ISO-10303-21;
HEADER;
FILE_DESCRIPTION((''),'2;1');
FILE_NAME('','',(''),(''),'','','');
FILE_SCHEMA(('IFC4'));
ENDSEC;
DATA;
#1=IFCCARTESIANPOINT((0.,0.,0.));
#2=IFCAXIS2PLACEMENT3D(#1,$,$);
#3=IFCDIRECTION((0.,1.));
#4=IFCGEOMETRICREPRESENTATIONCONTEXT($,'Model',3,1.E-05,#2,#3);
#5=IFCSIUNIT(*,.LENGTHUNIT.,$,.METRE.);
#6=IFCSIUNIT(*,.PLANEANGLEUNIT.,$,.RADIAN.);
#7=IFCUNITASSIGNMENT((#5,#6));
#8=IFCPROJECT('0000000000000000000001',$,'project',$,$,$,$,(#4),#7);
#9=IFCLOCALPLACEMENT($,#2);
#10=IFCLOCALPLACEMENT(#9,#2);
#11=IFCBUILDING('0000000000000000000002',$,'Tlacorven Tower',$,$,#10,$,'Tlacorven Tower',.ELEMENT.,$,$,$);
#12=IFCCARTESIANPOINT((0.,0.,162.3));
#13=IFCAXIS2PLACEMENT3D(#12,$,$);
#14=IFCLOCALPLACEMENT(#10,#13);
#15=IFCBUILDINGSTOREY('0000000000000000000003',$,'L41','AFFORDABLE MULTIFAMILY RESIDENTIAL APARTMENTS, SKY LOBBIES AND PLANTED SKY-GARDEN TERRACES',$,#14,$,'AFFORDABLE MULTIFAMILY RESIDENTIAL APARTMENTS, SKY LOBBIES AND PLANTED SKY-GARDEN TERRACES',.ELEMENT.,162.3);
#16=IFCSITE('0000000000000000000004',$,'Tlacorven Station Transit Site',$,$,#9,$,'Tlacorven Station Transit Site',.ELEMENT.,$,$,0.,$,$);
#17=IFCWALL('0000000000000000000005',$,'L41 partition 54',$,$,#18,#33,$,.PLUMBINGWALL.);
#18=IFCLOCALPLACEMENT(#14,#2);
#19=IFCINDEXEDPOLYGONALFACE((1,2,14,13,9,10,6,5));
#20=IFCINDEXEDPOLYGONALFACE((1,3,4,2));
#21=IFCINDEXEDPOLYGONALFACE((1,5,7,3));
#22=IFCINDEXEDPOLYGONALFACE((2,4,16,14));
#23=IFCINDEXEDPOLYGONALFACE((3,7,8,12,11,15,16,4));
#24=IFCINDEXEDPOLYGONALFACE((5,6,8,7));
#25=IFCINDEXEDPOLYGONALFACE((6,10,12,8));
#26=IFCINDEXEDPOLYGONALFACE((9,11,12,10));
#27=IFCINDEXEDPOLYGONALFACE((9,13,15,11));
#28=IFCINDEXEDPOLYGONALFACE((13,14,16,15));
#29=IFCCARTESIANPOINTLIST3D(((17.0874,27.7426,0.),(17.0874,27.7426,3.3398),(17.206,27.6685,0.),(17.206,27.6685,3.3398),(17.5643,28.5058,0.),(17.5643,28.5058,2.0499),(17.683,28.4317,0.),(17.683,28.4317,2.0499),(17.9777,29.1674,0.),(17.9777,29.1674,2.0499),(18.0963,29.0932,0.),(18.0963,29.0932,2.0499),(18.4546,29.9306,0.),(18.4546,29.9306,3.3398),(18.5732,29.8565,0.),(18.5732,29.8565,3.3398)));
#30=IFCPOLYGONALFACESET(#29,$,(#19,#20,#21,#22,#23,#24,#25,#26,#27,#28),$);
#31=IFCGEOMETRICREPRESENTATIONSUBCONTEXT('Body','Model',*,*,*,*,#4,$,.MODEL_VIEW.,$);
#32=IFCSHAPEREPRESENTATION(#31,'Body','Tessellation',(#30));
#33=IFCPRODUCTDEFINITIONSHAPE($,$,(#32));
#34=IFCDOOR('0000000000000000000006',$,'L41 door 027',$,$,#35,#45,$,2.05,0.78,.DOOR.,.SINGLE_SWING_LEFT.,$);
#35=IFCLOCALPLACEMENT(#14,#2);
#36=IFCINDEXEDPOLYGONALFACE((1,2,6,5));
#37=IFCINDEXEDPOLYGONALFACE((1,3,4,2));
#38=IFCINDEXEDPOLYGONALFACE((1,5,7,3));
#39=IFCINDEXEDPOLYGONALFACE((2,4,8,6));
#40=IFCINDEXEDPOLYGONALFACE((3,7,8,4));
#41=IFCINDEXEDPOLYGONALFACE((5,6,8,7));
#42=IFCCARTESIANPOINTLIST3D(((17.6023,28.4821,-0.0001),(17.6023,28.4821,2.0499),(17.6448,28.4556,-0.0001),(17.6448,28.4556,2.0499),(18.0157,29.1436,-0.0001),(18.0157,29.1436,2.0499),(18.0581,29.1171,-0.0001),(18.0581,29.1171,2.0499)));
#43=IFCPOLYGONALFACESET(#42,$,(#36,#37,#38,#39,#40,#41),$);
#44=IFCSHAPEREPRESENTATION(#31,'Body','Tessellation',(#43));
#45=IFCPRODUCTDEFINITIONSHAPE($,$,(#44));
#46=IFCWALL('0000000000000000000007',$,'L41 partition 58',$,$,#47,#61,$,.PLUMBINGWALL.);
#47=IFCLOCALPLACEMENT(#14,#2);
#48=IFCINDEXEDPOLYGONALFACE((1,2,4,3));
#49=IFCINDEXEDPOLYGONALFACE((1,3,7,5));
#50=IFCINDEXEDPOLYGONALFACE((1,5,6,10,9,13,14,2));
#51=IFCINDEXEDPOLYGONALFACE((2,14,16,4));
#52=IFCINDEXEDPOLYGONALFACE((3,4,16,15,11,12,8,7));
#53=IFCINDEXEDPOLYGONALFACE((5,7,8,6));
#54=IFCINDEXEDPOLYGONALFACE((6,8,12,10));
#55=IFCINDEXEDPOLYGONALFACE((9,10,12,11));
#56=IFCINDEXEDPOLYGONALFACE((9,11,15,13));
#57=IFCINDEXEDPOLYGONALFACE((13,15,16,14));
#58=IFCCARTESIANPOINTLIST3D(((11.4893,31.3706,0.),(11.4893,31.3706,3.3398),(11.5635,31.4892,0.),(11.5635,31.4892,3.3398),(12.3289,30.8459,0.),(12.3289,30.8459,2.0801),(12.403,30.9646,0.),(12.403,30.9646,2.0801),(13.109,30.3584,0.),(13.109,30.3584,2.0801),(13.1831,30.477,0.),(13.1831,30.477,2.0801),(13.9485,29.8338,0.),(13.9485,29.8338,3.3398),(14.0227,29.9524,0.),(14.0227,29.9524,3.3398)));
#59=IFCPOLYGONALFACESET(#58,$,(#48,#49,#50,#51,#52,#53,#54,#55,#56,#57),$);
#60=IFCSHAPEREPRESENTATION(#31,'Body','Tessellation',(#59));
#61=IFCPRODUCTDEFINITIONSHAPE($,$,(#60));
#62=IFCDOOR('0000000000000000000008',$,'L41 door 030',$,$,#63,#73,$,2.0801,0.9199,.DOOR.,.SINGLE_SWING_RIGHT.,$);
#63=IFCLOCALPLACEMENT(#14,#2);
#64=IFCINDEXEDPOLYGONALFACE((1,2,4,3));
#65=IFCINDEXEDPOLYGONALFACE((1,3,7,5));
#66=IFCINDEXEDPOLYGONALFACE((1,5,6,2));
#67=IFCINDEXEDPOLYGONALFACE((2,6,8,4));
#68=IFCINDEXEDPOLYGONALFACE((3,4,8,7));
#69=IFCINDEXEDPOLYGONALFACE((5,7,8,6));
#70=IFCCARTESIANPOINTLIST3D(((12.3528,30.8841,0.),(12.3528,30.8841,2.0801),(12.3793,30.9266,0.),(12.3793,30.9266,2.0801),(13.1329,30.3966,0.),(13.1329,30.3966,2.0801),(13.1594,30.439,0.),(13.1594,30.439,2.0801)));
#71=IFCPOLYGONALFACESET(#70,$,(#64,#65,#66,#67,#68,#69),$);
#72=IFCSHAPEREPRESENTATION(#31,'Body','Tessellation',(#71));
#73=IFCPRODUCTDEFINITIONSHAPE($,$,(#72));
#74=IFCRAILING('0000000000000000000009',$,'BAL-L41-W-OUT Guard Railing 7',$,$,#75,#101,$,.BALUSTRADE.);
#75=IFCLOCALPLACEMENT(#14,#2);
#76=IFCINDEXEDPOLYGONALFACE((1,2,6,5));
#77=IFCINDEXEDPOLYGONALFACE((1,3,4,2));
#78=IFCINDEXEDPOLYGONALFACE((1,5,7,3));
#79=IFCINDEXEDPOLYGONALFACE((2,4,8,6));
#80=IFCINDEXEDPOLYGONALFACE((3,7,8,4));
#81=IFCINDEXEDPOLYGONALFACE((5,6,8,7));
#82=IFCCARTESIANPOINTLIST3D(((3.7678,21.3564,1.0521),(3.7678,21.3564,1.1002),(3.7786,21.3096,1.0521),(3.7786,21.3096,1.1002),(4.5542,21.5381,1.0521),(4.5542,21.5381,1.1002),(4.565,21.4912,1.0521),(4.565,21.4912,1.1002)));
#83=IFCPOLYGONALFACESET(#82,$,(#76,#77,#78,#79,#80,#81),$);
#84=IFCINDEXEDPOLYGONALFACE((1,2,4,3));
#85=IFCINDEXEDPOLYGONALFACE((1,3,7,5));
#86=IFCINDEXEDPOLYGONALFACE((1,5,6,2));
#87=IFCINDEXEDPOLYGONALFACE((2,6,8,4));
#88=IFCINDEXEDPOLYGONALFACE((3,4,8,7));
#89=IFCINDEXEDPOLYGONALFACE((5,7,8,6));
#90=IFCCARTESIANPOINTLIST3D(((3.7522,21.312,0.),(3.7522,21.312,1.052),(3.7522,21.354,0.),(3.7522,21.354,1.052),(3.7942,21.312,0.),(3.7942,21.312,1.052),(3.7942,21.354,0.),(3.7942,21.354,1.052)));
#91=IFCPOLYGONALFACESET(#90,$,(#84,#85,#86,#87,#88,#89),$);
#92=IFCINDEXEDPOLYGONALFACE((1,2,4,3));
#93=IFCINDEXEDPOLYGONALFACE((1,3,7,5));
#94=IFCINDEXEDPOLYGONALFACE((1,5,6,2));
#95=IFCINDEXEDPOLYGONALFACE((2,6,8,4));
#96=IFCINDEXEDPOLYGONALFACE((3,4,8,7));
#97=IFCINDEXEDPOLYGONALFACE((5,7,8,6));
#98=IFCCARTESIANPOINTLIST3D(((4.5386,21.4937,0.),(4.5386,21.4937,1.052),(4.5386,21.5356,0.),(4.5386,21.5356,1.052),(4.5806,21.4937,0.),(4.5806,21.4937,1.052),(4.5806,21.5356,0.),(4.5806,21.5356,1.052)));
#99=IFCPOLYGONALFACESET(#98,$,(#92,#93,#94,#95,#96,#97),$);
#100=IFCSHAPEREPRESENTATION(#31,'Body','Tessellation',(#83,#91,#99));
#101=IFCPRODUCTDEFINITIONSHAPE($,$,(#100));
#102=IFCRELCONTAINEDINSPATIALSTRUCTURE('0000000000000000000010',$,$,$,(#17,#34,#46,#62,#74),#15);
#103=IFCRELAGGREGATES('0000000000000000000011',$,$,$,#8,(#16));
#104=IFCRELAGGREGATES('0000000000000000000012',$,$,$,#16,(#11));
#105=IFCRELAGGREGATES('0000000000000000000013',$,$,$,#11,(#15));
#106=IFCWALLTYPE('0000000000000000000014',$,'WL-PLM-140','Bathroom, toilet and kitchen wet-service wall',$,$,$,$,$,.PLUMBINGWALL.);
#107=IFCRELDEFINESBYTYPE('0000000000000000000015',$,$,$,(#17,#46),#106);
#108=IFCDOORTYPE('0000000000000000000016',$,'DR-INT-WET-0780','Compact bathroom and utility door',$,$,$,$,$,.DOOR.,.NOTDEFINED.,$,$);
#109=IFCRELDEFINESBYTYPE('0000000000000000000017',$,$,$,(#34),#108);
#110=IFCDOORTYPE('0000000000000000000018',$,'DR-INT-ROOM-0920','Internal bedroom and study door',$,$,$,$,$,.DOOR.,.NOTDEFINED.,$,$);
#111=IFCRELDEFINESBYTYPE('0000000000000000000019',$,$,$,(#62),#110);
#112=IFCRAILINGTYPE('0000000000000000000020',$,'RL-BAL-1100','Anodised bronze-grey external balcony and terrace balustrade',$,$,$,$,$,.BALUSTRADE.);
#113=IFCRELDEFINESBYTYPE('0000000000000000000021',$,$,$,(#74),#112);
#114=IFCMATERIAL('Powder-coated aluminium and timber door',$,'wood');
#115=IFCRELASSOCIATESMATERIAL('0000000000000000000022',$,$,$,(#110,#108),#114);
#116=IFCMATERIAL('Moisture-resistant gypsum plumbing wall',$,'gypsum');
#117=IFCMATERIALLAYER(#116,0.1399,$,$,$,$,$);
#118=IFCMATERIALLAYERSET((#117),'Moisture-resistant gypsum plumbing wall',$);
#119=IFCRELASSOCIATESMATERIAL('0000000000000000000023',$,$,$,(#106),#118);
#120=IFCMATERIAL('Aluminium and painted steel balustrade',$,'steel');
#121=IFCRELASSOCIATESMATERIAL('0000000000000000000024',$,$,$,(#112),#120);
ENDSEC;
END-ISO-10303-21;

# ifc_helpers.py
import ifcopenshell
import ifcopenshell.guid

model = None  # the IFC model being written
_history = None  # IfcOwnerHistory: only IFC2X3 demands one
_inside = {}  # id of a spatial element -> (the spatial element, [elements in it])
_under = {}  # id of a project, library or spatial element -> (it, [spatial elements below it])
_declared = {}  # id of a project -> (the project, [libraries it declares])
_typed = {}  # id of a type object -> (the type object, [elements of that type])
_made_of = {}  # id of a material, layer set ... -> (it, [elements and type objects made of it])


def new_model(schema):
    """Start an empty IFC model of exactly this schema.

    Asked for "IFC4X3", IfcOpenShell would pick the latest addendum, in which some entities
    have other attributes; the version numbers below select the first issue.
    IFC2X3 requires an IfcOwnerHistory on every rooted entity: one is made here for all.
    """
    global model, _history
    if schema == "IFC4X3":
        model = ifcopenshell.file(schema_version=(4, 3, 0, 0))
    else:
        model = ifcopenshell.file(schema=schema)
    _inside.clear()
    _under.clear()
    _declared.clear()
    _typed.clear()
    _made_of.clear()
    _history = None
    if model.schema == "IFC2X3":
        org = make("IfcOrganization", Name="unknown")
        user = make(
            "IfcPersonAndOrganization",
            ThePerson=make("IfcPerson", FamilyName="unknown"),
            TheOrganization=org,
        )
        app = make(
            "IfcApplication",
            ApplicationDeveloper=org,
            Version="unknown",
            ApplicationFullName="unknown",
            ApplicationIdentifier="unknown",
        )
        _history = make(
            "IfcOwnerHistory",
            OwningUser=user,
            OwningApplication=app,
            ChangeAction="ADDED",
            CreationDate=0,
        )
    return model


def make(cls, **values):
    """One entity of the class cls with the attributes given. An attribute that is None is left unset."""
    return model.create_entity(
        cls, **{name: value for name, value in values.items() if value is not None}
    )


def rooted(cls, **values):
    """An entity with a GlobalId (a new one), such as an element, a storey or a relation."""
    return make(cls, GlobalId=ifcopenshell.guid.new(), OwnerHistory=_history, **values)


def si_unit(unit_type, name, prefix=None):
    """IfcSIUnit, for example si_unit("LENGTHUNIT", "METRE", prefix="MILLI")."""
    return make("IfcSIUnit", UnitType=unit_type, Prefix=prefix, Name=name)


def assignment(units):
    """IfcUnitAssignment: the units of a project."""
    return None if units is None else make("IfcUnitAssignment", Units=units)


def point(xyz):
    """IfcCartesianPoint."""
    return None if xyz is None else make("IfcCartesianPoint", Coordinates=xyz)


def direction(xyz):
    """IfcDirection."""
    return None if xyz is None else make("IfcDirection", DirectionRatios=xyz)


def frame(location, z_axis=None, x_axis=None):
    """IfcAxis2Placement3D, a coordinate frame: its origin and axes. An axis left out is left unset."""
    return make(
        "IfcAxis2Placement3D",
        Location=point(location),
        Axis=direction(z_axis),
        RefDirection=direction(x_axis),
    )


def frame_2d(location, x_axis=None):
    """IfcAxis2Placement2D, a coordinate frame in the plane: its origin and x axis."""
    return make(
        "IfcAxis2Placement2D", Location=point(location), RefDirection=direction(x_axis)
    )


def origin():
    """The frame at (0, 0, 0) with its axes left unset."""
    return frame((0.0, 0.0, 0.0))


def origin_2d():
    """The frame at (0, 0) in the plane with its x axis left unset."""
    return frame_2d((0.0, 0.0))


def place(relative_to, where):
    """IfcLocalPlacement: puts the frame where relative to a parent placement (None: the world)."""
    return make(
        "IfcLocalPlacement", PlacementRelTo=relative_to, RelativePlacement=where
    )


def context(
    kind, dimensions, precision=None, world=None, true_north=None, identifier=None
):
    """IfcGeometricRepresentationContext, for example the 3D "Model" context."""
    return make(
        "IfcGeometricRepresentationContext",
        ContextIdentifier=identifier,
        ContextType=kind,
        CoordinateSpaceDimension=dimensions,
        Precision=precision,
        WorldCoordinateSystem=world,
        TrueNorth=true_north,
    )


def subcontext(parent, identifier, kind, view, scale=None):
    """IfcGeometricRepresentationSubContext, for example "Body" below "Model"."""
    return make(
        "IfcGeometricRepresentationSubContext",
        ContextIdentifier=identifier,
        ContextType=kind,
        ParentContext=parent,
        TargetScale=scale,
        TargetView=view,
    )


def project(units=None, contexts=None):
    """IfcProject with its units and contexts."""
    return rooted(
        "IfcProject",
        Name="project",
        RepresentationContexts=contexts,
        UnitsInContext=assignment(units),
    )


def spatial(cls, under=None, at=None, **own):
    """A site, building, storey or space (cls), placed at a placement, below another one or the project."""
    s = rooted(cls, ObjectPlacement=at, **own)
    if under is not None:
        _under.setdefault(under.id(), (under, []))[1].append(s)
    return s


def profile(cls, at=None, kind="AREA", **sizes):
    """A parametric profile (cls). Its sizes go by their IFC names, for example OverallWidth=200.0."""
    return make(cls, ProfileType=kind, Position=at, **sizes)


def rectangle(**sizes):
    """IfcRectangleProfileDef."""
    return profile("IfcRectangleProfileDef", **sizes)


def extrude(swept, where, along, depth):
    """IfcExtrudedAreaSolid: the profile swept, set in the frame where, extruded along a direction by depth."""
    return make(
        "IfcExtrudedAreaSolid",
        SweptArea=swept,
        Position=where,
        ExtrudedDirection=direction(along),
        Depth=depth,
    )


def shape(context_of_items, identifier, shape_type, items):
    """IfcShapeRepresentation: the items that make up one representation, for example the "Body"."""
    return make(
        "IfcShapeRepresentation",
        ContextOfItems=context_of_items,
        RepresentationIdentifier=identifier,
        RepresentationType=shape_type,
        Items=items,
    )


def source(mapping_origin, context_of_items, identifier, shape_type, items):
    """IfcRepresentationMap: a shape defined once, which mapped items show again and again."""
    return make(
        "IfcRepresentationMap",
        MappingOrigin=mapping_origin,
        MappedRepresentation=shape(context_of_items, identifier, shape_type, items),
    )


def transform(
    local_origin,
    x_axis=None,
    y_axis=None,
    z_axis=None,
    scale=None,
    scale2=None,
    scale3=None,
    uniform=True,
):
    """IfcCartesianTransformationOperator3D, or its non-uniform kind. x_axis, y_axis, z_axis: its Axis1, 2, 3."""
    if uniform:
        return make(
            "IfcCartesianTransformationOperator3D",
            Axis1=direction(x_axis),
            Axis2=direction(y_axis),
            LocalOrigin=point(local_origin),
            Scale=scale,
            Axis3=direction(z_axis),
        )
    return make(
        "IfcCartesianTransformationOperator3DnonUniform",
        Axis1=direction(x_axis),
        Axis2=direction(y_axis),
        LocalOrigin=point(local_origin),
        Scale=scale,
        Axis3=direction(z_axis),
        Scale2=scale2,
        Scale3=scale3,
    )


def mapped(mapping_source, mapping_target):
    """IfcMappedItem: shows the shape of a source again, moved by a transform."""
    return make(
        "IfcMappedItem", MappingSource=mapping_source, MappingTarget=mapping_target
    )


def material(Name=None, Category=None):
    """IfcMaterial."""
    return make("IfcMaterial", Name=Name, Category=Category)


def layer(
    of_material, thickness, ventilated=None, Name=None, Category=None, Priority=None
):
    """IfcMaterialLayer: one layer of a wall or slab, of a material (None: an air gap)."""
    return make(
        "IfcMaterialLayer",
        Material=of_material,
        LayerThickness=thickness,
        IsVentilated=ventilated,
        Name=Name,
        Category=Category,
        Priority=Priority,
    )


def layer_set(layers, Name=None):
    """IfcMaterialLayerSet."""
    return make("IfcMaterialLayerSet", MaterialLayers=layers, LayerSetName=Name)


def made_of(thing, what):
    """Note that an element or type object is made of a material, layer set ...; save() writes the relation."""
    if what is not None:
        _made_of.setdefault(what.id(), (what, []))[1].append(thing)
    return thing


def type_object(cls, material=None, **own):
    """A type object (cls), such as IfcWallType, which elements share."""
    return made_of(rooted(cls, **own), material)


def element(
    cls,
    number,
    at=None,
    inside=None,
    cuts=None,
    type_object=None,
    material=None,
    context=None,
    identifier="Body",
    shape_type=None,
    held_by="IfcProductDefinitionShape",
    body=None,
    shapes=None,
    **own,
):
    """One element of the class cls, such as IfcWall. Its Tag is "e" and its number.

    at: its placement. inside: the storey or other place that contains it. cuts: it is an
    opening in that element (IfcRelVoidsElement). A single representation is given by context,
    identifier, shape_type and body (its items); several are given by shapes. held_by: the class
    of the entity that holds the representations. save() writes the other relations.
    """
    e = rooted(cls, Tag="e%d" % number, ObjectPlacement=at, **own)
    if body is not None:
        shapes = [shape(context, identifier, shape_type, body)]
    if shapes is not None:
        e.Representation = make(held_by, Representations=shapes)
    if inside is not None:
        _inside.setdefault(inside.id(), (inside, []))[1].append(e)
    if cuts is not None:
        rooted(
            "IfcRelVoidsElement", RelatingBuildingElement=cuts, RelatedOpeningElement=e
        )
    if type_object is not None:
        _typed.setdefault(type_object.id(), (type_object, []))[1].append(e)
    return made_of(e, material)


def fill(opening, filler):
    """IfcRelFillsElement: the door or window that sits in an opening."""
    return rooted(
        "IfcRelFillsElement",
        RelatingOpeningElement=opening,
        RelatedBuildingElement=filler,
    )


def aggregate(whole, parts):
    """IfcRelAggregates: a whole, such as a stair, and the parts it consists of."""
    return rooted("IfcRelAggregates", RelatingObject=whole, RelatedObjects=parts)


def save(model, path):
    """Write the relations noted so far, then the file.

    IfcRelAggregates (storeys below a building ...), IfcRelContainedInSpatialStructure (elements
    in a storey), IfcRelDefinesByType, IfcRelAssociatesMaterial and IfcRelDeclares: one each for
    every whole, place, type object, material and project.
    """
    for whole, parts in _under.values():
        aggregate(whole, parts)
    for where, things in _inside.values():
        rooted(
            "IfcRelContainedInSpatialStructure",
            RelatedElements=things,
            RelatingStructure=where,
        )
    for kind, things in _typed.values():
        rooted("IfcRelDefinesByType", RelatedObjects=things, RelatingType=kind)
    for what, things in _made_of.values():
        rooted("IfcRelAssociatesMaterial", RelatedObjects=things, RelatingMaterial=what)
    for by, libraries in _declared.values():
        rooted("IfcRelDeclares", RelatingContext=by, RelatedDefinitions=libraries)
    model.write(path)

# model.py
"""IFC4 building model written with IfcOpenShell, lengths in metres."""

from ifc_helpers import new_model, si_unit, direction, frame, frame_2d, origin, origin_2d, place, context, subcontext, project, spatial, rectangle, extrude, source, transform, mapped, material, layer, layer_set, type_object, element, fill, save


model = new_model("IFC4")

# Units and contexts
model_context = context("Model", 3, precision=1e-05, world=origin(), true_north=direction((0.0, 1.0)))
body_context = subcontext(model_context, "Body", "Model", "MODEL_VIEW")
ifc_project = project(units=[si_unit("LENGTHUNIT", "METRE"), si_unit("PLANEANGLEUNIT", "RADIAN")], contexts=[model_context])

# Site, building, storey
site_placement = place(None, origin())
site = spatial("IfcSite", under=ifc_project, at=site_placement, Name="Tlacorven Station Transit Site", LongName="Tlacorven Station Transit Site", CompositionType="ELEMENT", RefElevation=0.0)
building_placement = place(site_placement, origin())
building = spatial("IfcBuilding", under=site, at=building_placement, Name="Tlacorven Tower", LongName="Tlacorven Tower", CompositionType="ELEMENT")
storey_placement = place(building_placement, frame((0.0, 0.0, 162.3)))
storey = spatial("IfcBuildingStorey", under=building, at=storey_placement, Name="L41", Description="AFFORDABLE MULTIFAMILY RESIDENTIAL APARTMENTS, SKY LOBBIES AND PLANTED SKY-GARDEN TERRACES", LongName="AFFORDABLE MULTIFAMILY RESIDENTIAL APARTMENTS, SKY LOBBIES AND PLANTED SKY-GARDEN TERRACES", CompositionType="ELEMENT", Elevation=162.3)

# Walls, openings, doors
ifc_material_1 = material(Name="Powder-coated aluminium and timber door", Category="wood")
door_type_1 = type_object("IfcDoorType", Name="DR-INT-ROOM-0920", Description="Internal bedroom and study door", OperationType="NOTDEFINED", PredefinedType="DOOR", material=ifc_material_1)
shared_shape_1 = source(origin(), body_context, "Body", "SweptSolid", [
    extrude(rectangle(XDim=0.9199, YDim=2.0801, at=frame_2d((0.46, 1.04))), frame((0.0, 0.0249, 0.0), z_axis=(0.0, -1.0, 0.0), x_axis=(1.0, 0.0, 0.0)), (0.0, 0.0, 1.0), 0.05),
])
ifc_material_2 = material(Name="Moisture-resistant gypsum plumbing wall", Category="gypsum")
ifc_layer_1 = layer(ifc_material_2, 0.1399)
ifc_layer_set_1 = layer_set([ifc_layer_1], Name="Moisture-resistant gypsum plumbing wall")
wall_type_1 = type_object("IfcWallType", Name="WL-PLM-140", Description="Bathroom, toilet and kitchen wet-service wall", PredefinedType="PLUMBINGWALL", material=ifc_layer_set_1)
wall_1_placement = place(storey_placement, frame((18.5139, 29.8936, 0.0), z_axis=(0.0, 0.0, 1.0), x_axis=(-0.529914, -0.848051, 0.0)))
wall_1 = element("IfcWall", 1, at=wall_1_placement, inside=storey, type_object=wall_type_1, Name="L41 partition 54", PredefinedType="PLUMBINGWALL", context=body_context, shape_type="SweptSolid", body=[
    extrude(rectangle(XDim=2.5801, YDim=0.1399, at=frame_2d((1.29, 0.0))), origin(), (0.0, 0.0, 1.0), 3.3398),
])
opening_1_placement = place(wall_1_placement, frame((0.8999, 0.0, 0.0)))
opening_1 = element("IfcOpeningElement", 2, at=opening_1_placement, cuts=wall_1, PredefinedType="OPENING", context=body_context, shape_type="SweptSolid", body=[
    extrude(rectangle(XDim=0.78, YDim=2.05, at=frame_2d((0.3901, 1.0249))), frame((0.0, 0.0801, 0.0), z_axis=(0.0, -1.0, 0.0), x_axis=(1.0, 0.0, 0.0)), (0.0, 0.0, 1.0), 0.1599),
])
door_type_2 = type_object("IfcDoorType", Name="DR-INT-WET-0780", Description="Compact bathroom and utility door", OperationType="NOTDEFINED", PredefinedType="DOOR", material=ifc_material_1)
shared_shape_2 = source(origin(), body_context, "Body", "SweptSolid", [
    extrude(rectangle(XDim=0.78, YDim=2.05, at=frame_2d((0.3901, 1.0249))), frame((0.0, 0.0249, 0.0), z_axis=(0.0, -1.0, 0.0), x_axis=(1.0, 0.0, 0.0)), (0.0, 0.0, 1.0), 0.05),
])
door_1_placement = place(opening_1_placement, origin())
door_1 = element("IfcDoor", 3, at=door_1_placement, inside=storey, type_object=door_type_2, Name="L41 door 027", OperationType="SINGLE_SWING_LEFT", OverallHeight=2.05, OverallWidth=0.78, PredefinedType="DOOR", context=body_context, shape_type="MappedRepresentation", body=[
    mapped(shared_shape_2, transform((0.0, 0.0, 0.0), scale=1.0)),
])
fill(opening_1, door_1)
wall_2_placement = place(storey_placement, frame((13.9856, 29.8931, 0.0), z_axis=(0.0, 0.0, 1.0), x_axis=(-0.848022, 0.529961, 0.0)))
wall_2 = element("IfcWall", 4, at=wall_2_placement, inside=storey, type_object=wall_type_1, Name="L41 partition 58", PredefinedType="PLUMBINGWALL", context=body_context, shape_type="SweptSolid", body=[
    extrude(rectangle(XDim=2.8999, YDim=0.1399, at=frame_2d((1.45, 0.0))), origin(), (0.0, 0.0, 1.0), 3.3398),
])
opening_2_placement = place(wall_2_placement, frame((0.99, 0.0, 0.0)))
opening_2 = element("IfcOpeningElement", 5, at=opening_2_placement, cuts=wall_2, PredefinedType="OPENING", context=body_context, shape_type="SweptSolid", body=[
    extrude(rectangle(XDim=0.9199, YDim=2.0801, at=frame_2d((0.46, 1.04))), frame((0.0, 0.0801, 0.0), z_axis=(0.0, -1.0, 0.0), x_axis=(1.0, 0.0, 0.0)), (0.0, 0.0, 1.0), 0.1599),
])
door_2_placement = place(opening_2_placement, origin())
door_2 = element("IfcDoor", 6, at=door_2_placement, inside=storey, type_object=door_type_1, Name="L41 door 030", OperationType="SINGLE_SWING_RIGHT", OverallHeight=2.0801, OverallWidth=0.9199, PredefinedType="DOOR", context=body_context, shape_type="MappedRepresentation", body=[
    mapped(shared_shape_1, transform((0.0, 0.0, 0.0), scale=1.0)),
])
fill(opening_2, door_2)

# Railing
ifc_material_3 = material(Name="Aluminium and painted steel balustrade", Category="steel")
railing_type = type_object("IfcRailingType", Name="RL-BAL-1100", Description="Anodised bronze-grey external balcony and terrace balustrade", PredefinedType="BALUSTRADE", material=ifc_material_3)
shared_shape_3 = source(origin(), body_context, "Body", "SweptSolid", [
    extrude(rectangle(XDim=0.0481, YDim=0.0481, at=origin_2d()), frame((0.0, 0.0, 1.0762), z_axis=(0.974345, 0.225058, 0.0), x_axis=(-0.225058, 0.974345, 0.0)), (0.0, 0.0, 1.0), 0.8071),
    extrude(rectangle(XDim=0.042, YDim=0.042, at=origin_2d()), origin(), (0.0, 0.0, 1.0), 1.052),
    extrude(rectangle(XDim=0.042, YDim=0.042, at=origin_2d()), frame((0.7864, 0.1816, 0.0)), (0.0, 0.0, 1.0), 1.052),
])
railing_placement = place(storey_placement, frame((3.7732, 21.333, 0.0)))
element("IfcRailing", 7, at=railing_placement, inside=storey, type_object=railing_type, Name="BAL-L41-W-OUT Guard Railing 7", PredefinedType="BALUSTRADE", context=body_context, shape_type="MappedRepresentation", body=[
    mapped(shared_shape_3, transform((0.0, 0.0, 0.0), scale=1.0)),
])

save(model, "model.ifc")
